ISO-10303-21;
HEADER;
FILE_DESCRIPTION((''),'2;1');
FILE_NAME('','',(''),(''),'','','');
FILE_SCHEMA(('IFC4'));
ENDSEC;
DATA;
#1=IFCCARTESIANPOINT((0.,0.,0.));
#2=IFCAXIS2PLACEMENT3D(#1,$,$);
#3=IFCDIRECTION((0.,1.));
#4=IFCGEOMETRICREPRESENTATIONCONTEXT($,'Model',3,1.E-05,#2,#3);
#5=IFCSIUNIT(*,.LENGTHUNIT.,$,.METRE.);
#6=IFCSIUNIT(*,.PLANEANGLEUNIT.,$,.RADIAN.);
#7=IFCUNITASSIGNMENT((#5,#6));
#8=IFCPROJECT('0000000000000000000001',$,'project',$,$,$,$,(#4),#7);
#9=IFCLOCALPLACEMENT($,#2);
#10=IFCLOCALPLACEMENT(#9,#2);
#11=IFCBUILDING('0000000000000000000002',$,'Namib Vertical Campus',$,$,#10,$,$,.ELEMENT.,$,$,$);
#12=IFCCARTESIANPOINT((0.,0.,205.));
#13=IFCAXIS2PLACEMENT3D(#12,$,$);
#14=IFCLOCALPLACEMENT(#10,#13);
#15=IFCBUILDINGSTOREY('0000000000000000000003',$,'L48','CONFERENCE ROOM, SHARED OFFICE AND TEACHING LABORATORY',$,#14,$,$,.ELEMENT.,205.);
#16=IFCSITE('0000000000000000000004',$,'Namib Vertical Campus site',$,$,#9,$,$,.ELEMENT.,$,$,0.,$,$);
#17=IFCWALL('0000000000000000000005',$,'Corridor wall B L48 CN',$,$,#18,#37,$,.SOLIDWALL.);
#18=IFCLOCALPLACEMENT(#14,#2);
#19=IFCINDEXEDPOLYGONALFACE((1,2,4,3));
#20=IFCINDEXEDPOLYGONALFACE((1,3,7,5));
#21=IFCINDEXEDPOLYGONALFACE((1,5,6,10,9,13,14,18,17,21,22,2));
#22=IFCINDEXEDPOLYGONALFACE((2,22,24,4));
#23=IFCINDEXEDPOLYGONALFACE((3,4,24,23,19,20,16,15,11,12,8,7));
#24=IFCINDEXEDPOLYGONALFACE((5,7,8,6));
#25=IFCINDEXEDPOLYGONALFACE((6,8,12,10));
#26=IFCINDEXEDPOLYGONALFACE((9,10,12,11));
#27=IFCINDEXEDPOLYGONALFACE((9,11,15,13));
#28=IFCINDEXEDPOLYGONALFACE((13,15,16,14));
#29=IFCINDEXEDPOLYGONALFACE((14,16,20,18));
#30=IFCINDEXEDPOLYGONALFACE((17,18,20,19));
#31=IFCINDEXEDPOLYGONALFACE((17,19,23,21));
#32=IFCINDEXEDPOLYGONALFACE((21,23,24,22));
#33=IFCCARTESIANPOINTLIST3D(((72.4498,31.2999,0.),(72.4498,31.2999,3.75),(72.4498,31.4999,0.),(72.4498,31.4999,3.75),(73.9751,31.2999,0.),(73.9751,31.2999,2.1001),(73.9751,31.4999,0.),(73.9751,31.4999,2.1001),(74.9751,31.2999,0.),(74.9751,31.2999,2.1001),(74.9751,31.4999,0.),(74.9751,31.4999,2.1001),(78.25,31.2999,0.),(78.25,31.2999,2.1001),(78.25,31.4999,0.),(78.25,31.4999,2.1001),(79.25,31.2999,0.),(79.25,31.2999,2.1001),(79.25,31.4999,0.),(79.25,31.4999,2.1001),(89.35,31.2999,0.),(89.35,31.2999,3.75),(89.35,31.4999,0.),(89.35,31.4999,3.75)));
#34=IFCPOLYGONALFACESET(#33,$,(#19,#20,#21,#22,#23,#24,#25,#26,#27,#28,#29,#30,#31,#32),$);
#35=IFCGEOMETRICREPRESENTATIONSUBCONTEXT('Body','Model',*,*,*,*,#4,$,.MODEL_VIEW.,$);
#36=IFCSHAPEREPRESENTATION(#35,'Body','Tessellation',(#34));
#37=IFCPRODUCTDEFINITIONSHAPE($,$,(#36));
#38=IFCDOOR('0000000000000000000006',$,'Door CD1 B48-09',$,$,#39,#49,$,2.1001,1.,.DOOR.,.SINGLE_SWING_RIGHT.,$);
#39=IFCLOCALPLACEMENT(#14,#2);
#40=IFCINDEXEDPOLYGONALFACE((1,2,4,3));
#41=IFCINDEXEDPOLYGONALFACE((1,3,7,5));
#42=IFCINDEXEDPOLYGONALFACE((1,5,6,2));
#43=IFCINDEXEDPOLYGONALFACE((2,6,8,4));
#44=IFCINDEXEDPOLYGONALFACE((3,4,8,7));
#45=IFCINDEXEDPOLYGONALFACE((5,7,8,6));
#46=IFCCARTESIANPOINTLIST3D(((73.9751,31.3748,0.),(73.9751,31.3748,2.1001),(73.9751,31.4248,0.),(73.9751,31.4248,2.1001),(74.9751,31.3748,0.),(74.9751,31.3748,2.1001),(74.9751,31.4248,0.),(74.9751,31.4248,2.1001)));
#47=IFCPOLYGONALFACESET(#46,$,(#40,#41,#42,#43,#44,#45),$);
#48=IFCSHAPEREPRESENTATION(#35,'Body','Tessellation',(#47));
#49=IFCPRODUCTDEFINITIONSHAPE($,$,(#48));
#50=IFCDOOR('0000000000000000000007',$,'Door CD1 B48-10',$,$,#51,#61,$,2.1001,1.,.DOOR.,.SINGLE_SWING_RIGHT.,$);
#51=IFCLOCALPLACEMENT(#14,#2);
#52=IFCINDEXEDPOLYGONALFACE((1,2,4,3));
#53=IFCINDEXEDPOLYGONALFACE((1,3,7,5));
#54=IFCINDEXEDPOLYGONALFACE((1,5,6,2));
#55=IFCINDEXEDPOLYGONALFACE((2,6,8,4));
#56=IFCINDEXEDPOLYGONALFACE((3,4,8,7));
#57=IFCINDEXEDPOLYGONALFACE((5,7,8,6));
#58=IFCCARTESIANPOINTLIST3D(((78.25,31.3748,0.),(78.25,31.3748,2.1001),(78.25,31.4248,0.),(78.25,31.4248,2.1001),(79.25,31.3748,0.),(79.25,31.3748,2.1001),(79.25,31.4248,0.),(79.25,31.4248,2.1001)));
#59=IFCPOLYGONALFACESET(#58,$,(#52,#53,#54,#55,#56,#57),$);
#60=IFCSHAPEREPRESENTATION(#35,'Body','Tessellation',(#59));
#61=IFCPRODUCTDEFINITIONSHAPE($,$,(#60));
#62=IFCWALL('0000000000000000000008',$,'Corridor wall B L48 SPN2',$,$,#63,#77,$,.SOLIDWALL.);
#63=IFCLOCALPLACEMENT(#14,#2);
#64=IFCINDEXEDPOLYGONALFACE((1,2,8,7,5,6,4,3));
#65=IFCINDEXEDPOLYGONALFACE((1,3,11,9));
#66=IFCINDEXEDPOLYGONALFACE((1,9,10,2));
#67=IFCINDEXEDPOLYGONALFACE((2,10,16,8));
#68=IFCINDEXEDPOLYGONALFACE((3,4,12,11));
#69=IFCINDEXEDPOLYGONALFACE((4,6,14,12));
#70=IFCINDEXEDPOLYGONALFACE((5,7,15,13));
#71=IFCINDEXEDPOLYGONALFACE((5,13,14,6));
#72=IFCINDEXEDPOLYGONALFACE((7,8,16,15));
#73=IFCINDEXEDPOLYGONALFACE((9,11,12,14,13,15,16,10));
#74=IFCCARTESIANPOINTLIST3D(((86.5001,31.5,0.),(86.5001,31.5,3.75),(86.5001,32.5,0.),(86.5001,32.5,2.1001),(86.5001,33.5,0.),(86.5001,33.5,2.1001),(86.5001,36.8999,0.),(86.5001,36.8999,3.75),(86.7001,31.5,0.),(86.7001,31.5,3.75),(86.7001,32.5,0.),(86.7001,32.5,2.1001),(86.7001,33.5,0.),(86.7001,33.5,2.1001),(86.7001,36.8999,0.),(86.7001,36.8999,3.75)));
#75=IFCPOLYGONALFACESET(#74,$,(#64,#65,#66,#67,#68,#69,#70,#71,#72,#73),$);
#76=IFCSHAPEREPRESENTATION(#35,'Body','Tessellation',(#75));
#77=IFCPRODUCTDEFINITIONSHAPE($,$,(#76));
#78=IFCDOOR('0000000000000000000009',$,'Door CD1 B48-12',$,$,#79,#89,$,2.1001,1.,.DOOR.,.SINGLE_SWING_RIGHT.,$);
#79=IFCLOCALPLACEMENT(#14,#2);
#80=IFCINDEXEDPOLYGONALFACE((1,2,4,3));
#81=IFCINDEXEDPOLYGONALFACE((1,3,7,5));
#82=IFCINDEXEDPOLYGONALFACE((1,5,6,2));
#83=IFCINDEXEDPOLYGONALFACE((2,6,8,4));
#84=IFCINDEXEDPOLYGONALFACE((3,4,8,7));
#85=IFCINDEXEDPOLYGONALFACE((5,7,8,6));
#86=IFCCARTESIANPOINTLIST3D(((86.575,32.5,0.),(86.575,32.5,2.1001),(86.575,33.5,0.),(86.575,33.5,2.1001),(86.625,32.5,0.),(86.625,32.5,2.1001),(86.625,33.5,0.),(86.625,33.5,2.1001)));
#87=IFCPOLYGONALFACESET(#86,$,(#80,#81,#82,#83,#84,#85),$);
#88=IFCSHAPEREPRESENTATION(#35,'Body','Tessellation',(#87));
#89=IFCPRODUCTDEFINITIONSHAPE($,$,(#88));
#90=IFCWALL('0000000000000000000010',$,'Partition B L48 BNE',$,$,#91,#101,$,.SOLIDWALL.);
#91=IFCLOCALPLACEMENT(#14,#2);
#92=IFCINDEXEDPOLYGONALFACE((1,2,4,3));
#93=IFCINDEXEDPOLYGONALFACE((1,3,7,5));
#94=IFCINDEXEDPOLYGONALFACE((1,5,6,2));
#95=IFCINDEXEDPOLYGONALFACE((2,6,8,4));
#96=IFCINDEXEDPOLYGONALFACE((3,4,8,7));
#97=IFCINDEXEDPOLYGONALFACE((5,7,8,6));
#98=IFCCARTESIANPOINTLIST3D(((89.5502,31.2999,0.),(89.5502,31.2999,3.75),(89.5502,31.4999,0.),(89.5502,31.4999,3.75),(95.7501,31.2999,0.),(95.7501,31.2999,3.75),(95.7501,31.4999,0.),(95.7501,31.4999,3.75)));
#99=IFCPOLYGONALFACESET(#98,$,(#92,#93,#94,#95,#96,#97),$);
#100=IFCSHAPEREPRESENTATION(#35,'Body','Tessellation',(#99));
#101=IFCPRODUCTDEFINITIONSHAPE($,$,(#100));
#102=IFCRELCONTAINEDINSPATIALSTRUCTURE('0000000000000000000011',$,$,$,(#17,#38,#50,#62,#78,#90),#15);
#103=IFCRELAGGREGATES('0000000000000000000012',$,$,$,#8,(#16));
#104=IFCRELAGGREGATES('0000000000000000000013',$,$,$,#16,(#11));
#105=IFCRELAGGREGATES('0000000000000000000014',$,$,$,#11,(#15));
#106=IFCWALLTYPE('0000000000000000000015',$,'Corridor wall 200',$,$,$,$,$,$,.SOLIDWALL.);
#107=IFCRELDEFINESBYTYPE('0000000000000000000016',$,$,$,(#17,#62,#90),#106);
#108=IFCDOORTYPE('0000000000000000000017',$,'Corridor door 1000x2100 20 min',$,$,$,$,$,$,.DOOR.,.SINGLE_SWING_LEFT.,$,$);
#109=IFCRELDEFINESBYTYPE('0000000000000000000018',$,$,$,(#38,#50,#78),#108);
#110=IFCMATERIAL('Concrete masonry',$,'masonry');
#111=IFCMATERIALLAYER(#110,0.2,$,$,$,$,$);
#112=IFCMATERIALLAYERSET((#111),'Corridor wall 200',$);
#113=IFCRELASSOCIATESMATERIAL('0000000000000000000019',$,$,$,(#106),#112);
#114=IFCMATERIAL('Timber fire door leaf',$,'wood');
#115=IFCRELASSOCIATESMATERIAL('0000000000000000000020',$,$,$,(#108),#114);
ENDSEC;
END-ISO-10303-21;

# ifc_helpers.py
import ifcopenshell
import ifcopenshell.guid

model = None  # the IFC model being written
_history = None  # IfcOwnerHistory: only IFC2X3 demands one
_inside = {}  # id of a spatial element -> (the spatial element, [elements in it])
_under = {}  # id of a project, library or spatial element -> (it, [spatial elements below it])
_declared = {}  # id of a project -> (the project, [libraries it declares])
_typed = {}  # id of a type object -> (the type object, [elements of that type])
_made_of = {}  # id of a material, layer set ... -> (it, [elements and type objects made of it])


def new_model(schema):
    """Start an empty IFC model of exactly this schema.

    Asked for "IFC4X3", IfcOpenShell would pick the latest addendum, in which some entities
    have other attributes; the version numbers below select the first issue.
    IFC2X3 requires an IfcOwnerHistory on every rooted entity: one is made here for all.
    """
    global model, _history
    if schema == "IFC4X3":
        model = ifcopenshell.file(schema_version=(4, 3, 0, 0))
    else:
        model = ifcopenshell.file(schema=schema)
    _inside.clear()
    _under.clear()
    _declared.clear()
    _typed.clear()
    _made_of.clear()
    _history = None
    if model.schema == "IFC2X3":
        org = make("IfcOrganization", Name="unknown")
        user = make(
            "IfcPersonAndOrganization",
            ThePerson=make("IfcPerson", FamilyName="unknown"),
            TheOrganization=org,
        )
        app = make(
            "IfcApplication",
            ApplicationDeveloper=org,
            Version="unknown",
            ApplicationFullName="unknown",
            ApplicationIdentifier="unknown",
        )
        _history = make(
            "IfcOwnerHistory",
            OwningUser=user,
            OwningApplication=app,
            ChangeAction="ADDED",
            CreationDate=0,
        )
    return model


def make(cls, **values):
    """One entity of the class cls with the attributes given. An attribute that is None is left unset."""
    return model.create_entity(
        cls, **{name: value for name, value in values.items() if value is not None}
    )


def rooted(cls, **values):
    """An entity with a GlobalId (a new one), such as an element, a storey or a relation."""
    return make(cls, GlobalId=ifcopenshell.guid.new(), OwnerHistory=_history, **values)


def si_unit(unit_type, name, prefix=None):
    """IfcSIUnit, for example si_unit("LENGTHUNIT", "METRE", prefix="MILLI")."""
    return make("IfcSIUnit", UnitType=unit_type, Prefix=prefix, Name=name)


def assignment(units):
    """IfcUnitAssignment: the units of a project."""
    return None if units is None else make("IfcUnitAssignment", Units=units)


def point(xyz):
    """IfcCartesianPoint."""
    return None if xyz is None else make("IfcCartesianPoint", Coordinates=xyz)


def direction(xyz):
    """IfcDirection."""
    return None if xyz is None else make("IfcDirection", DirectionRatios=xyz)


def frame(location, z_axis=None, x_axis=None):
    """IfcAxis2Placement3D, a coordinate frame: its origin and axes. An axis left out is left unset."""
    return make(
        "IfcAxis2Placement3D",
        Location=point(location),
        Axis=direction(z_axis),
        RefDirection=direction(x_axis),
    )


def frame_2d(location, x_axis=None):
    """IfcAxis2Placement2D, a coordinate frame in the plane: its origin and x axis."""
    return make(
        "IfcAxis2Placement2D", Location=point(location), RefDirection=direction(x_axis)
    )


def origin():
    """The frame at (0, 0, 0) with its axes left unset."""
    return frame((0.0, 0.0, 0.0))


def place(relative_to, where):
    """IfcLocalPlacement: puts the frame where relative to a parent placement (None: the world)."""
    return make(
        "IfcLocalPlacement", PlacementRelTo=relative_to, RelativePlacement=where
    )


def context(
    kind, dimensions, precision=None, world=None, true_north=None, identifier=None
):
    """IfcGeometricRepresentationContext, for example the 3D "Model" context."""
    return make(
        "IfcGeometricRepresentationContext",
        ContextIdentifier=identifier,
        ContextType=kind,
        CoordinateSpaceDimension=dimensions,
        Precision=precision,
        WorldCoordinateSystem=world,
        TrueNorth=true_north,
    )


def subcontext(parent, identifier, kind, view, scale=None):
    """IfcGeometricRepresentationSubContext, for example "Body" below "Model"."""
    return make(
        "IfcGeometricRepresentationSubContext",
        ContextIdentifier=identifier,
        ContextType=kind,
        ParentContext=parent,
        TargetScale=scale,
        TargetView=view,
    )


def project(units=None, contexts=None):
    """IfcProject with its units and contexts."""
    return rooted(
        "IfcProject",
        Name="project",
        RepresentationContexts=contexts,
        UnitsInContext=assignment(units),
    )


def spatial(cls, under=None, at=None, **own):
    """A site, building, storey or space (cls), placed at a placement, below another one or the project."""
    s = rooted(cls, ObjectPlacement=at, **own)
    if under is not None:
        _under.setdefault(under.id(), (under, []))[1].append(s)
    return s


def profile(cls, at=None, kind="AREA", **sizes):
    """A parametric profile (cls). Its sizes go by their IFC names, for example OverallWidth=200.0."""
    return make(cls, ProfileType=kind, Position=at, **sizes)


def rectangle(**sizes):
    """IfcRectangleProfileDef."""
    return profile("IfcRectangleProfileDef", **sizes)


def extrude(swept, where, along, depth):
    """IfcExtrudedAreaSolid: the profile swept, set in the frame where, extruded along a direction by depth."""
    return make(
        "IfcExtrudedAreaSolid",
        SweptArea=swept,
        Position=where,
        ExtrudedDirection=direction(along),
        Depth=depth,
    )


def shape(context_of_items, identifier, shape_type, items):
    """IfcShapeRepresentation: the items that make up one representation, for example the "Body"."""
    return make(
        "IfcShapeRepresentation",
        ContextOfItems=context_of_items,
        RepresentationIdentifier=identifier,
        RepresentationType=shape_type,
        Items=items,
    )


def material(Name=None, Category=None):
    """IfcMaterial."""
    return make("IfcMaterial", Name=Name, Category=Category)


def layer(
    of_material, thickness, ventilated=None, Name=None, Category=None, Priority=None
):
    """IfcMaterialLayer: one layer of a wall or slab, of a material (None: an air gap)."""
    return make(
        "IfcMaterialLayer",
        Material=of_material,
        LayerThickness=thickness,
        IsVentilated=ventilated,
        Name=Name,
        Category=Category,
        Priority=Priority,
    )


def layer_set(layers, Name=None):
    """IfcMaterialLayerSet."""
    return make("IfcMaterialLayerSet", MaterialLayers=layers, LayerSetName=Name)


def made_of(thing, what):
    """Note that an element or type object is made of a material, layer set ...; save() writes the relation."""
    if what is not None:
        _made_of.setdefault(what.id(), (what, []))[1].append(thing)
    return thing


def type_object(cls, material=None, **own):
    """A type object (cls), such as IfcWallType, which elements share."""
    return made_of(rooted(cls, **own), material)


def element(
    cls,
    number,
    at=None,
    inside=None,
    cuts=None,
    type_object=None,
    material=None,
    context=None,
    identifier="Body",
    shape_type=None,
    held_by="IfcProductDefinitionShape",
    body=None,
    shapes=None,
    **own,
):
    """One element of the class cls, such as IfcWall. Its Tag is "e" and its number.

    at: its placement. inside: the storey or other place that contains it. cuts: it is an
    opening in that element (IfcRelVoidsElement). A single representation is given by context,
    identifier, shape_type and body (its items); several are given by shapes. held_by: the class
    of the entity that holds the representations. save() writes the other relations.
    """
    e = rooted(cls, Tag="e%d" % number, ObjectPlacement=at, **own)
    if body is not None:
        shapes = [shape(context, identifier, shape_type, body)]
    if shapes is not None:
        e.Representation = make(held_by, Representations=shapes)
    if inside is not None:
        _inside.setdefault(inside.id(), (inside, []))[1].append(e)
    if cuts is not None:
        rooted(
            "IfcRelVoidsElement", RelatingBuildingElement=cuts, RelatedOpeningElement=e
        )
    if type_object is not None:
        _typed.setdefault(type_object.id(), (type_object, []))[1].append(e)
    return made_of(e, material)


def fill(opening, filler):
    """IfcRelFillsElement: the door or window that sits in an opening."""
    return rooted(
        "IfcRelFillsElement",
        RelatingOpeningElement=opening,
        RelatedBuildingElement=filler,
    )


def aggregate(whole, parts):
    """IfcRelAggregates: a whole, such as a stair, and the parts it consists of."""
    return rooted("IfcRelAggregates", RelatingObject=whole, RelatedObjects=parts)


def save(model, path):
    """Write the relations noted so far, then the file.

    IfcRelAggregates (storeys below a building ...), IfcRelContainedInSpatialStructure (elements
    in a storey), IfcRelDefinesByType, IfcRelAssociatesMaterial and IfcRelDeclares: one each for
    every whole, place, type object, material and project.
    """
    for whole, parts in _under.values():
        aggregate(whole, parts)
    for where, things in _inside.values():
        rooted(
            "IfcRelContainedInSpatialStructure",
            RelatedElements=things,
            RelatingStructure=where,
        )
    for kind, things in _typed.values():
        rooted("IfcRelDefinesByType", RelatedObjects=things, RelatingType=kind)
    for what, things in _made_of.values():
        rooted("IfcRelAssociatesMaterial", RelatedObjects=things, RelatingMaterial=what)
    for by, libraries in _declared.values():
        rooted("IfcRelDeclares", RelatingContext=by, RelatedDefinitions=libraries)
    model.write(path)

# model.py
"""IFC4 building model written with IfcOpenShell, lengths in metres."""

from ifc_helpers import new_model, si_unit, direction, frame, frame_2d, origin, place, context, subcontext, project, spatial, rectangle, extrude, material, layer, layer_set, type_object, element, fill, save


model = new_model("IFC4")

# Units and contexts
model_context = context("Model", 3, precision=1e-05, world=origin(), true_north=direction((0.0, 1.0)))
body_context = subcontext(model_context, "Body", "Model", "MODEL_VIEW")
ifc_project = project(units=[si_unit("LENGTHUNIT", "METRE"), si_unit("PLANEANGLEUNIT", "RADIAN")], contexts=[model_context])

# Site, building, storey
site_placement = place(None, origin())
site = spatial("IfcSite", under=ifc_project, at=site_placement, Name="Namib Vertical Campus site", CompositionType="ELEMENT", RefElevation=0.0)
building_placement = place(site_placement, origin())
building = spatial("IfcBuilding", under=site, at=building_placement, Name="Namib Vertical Campus", CompositionType="ELEMENT")
storey_placement = place(building_placement, frame((0.0, 0.0, 205.0)))
storey = spatial("IfcBuildingStorey", under=building, at=storey_placement, Name="L48", Description="CONFERENCE ROOM, SHARED OFFICE AND TEACHING LABORATORY", CompositionType="ELEMENT", Elevation=205.0)

# Wall, openings, doors
ifc_material_1 = material(Name="Concrete masonry", Category="masonry")
ifc_layer_1 = layer(ifc_material_1, 0.2)
ifc_layer_set_1 = layer_set([ifc_layer_1], Name="Corridor wall 200")
wall_type_1 = type_object("IfcWallType", Name="Corridor wall 200", PredefinedType="SOLIDWALL", material=ifc_layer_set_1)
wall_1_placement = place(storey_placement, frame((89.3501, 31.3999, 0.0), z_axis=(0.0, 0.0, 1.0), x_axis=(-1.0, 0.0, 0.0)))
wall_1 = element("IfcWall", 1, at=wall_1_placement, inside=storey, type_object=wall_type_1, Name="Corridor wall B L48 CN", PredefinedType="SOLIDWALL", context=body_context, shape_type="SweptSolid", body=[
    extrude(rectangle(XDim=16.9001, YDim=0.2, at=frame_2d((8.4502, 0.0))), origin(), (0.0, 0.0, 1.0), 3.75),
])
opening_1_placement = place(wall_1_placement, frame((14.375, 0.0, 0.0)))
opening_1 = element("IfcOpeningElement", 2, at=opening_1_placement, cuts=wall_1, PredefinedType="OPENING", context=body_context, shape_type="SweptSolid", body=[
    extrude(rectangle(XDim=1.0, YDim=2.1001, at=frame_2d((0.5, 1.05))), frame((0.0, 0.1099, 0.0), z_axis=(0.0, -1.0, 0.0), x_axis=(1.0, 0.0, 0.0)), (0.0, 0.0, 1.0), 0.22),
])
opening_2_placement = place(wall_1_placement, frame((10.1001, 0.0, 0.0)))
opening_2 = element("IfcOpeningElement", 3, at=opening_2_placement, cuts=wall_1, PredefinedType="OPENING", context=body_context, shape_type="SweptSolid", body=[
    extrude(rectangle(XDim=1.0, YDim=2.1001, at=frame_2d((0.5, 1.05))), frame((0.0, 0.1099, 0.0), z_axis=(0.0, -1.0, 0.0), x_axis=(1.0, 0.0, 0.0)), (0.0, 0.0, 1.0), 0.22),
])
ifc_material_2 = material(Name="Timber fire door leaf", Category="wood")
door_type_1 = type_object("IfcDoorType", Name="Corridor door 1000x2100 20 min", OperationType="SINGLE_SWING_LEFT", PredefinedType="DOOR", material=ifc_material_2)
door_1_placement = place(opening_1_placement, frame((1.0, 0.0, 0.0), z_axis=(0.0, 0.0, 1.0), x_axis=(-1.0, 0.0, 0.0)))
door_1 = element("IfcDoor", 4, at=door_1_placement, inside=storey, type_object=door_type_1, Name="Door CD1 B48-09", OperationType="SINGLE_SWING_RIGHT", OverallHeight=2.1001, OverallWidth=1.0, PredefinedType="DOOR", context=body_context, shape_type="SweptSolid", body=[
    extrude(rectangle(XDim=1.0, YDim=2.1001, at=frame_2d((0.5, 1.05))), frame((0.0, 0.0249, 0.0), z_axis=(0.0, -1.0, 0.0), x_axis=(1.0, 0.0, 0.0)), (0.0, 0.0, 1.0), 0.05),
])
fill(opening_1, door_1)
door_2_placement = place(opening_2_placement, frame((1.0, 0.0, 0.0), z_axis=(0.0, 0.0, 1.0), x_axis=(-1.0, 0.0, 0.0)))
door_2 = element("IfcDoor", 5, at=door_2_placement, inside=storey, type_object=door_type_1, Name="Door CD1 B48-10", OperationType="SINGLE_SWING_RIGHT", OverallHeight=2.1001, OverallWidth=1.0, PredefinedType="DOOR", context=body_context, shape_type="SweptSolid", body=[
    extrude(rectangle(XDim=1.0, YDim=2.1001, at=frame_2d((0.5, 1.05))), frame((0.0, 0.0249, 0.0), z_axis=(0.0, -1.0, 0.0), x_axis=(1.0, 0.0, 0.0)), (0.0, 0.0, 1.0), 0.05),
])
fill(opening_2, door_2)

# Wall, opening, door
wall_2_placement = place(storey_placement, frame((86.6001, 36.8999, 0.0), z_axis=(0.0, 0.0, 1.0), x_axis=(0.0, -1.0, 0.0)))
wall_2 = element("IfcWall", 6, at=wall_2_placement, inside=storey, type_object=wall_type_1, Name="Corridor wall B L48 SPN2", PredefinedType="SOLIDWALL", context=body_context, shape_type="SweptSolid", body=[
    extrude(rectangle(XDim=5.3999, YDim=0.2, at=frame_2d((2.7, 0.0))), origin(), (0.0, 0.0, 1.0), 3.75),
])
opening_3_placement = place(wall_2_placement, frame((3.3999, 0.0, 0.0)))
opening_3 = element("IfcOpeningElement", 7, at=opening_3_placement, cuts=wall_2, PredefinedType="OPENING", context=body_context, shape_type="SweptSolid", body=[
    extrude(rectangle(XDim=1.0, YDim=2.1001, at=frame_2d((0.5, 1.05))), frame((0.0, 0.1099, 0.0), z_axis=(0.0, -1.0, 0.0), x_axis=(1.0, 0.0, 0.0)), (0.0, 0.0, 1.0), 0.22),
])
door_3_placement = place(opening_3_placement, origin())
door_3 = element("IfcDoor", 8, at=door_3_placement, inside=storey, type_object=door_type_1, Name="Door CD1 B48-12", OperationType="SINGLE_SWING_RIGHT", OverallHeight=2.1001, OverallWidth=1.0, PredefinedType="DOOR", context=body_context, shape_type="SweptSolid", body=[
    extrude(rectangle(XDim=1.0, YDim=2.1001, at=frame_2d((0.5, 1.05))), frame((0.0, 0.0249, 0.0), z_axis=(0.0, -1.0, 0.0), x_axis=(1.0, 0.0, 0.0)), (0.0, 0.0, 1.0), 0.05),
])
fill(opening_3, door_3)

# Wall
wall_3_placement = place(storey_placement, frame((89.55, 31.3999, 0.0), z_axis=(0.0, 0.0, 1.0), x_axis=(1.0, 0.0, 0.0)))
element("IfcWall", 9, at=wall_3_placement, inside=storey, type_object=wall_type_1, Name="Partition B L48 BNE", PredefinedType="SOLIDWALL", context=body_context, shape_type="SweptSolid", body=[
    extrude(rectangle(XDim=6.2, YDim=0.2, at=frame_2d((3.1001, 0.0))), origin(), (0.0, 0.0, 1.0), 3.75),
])

save(model, "model.ifc")
